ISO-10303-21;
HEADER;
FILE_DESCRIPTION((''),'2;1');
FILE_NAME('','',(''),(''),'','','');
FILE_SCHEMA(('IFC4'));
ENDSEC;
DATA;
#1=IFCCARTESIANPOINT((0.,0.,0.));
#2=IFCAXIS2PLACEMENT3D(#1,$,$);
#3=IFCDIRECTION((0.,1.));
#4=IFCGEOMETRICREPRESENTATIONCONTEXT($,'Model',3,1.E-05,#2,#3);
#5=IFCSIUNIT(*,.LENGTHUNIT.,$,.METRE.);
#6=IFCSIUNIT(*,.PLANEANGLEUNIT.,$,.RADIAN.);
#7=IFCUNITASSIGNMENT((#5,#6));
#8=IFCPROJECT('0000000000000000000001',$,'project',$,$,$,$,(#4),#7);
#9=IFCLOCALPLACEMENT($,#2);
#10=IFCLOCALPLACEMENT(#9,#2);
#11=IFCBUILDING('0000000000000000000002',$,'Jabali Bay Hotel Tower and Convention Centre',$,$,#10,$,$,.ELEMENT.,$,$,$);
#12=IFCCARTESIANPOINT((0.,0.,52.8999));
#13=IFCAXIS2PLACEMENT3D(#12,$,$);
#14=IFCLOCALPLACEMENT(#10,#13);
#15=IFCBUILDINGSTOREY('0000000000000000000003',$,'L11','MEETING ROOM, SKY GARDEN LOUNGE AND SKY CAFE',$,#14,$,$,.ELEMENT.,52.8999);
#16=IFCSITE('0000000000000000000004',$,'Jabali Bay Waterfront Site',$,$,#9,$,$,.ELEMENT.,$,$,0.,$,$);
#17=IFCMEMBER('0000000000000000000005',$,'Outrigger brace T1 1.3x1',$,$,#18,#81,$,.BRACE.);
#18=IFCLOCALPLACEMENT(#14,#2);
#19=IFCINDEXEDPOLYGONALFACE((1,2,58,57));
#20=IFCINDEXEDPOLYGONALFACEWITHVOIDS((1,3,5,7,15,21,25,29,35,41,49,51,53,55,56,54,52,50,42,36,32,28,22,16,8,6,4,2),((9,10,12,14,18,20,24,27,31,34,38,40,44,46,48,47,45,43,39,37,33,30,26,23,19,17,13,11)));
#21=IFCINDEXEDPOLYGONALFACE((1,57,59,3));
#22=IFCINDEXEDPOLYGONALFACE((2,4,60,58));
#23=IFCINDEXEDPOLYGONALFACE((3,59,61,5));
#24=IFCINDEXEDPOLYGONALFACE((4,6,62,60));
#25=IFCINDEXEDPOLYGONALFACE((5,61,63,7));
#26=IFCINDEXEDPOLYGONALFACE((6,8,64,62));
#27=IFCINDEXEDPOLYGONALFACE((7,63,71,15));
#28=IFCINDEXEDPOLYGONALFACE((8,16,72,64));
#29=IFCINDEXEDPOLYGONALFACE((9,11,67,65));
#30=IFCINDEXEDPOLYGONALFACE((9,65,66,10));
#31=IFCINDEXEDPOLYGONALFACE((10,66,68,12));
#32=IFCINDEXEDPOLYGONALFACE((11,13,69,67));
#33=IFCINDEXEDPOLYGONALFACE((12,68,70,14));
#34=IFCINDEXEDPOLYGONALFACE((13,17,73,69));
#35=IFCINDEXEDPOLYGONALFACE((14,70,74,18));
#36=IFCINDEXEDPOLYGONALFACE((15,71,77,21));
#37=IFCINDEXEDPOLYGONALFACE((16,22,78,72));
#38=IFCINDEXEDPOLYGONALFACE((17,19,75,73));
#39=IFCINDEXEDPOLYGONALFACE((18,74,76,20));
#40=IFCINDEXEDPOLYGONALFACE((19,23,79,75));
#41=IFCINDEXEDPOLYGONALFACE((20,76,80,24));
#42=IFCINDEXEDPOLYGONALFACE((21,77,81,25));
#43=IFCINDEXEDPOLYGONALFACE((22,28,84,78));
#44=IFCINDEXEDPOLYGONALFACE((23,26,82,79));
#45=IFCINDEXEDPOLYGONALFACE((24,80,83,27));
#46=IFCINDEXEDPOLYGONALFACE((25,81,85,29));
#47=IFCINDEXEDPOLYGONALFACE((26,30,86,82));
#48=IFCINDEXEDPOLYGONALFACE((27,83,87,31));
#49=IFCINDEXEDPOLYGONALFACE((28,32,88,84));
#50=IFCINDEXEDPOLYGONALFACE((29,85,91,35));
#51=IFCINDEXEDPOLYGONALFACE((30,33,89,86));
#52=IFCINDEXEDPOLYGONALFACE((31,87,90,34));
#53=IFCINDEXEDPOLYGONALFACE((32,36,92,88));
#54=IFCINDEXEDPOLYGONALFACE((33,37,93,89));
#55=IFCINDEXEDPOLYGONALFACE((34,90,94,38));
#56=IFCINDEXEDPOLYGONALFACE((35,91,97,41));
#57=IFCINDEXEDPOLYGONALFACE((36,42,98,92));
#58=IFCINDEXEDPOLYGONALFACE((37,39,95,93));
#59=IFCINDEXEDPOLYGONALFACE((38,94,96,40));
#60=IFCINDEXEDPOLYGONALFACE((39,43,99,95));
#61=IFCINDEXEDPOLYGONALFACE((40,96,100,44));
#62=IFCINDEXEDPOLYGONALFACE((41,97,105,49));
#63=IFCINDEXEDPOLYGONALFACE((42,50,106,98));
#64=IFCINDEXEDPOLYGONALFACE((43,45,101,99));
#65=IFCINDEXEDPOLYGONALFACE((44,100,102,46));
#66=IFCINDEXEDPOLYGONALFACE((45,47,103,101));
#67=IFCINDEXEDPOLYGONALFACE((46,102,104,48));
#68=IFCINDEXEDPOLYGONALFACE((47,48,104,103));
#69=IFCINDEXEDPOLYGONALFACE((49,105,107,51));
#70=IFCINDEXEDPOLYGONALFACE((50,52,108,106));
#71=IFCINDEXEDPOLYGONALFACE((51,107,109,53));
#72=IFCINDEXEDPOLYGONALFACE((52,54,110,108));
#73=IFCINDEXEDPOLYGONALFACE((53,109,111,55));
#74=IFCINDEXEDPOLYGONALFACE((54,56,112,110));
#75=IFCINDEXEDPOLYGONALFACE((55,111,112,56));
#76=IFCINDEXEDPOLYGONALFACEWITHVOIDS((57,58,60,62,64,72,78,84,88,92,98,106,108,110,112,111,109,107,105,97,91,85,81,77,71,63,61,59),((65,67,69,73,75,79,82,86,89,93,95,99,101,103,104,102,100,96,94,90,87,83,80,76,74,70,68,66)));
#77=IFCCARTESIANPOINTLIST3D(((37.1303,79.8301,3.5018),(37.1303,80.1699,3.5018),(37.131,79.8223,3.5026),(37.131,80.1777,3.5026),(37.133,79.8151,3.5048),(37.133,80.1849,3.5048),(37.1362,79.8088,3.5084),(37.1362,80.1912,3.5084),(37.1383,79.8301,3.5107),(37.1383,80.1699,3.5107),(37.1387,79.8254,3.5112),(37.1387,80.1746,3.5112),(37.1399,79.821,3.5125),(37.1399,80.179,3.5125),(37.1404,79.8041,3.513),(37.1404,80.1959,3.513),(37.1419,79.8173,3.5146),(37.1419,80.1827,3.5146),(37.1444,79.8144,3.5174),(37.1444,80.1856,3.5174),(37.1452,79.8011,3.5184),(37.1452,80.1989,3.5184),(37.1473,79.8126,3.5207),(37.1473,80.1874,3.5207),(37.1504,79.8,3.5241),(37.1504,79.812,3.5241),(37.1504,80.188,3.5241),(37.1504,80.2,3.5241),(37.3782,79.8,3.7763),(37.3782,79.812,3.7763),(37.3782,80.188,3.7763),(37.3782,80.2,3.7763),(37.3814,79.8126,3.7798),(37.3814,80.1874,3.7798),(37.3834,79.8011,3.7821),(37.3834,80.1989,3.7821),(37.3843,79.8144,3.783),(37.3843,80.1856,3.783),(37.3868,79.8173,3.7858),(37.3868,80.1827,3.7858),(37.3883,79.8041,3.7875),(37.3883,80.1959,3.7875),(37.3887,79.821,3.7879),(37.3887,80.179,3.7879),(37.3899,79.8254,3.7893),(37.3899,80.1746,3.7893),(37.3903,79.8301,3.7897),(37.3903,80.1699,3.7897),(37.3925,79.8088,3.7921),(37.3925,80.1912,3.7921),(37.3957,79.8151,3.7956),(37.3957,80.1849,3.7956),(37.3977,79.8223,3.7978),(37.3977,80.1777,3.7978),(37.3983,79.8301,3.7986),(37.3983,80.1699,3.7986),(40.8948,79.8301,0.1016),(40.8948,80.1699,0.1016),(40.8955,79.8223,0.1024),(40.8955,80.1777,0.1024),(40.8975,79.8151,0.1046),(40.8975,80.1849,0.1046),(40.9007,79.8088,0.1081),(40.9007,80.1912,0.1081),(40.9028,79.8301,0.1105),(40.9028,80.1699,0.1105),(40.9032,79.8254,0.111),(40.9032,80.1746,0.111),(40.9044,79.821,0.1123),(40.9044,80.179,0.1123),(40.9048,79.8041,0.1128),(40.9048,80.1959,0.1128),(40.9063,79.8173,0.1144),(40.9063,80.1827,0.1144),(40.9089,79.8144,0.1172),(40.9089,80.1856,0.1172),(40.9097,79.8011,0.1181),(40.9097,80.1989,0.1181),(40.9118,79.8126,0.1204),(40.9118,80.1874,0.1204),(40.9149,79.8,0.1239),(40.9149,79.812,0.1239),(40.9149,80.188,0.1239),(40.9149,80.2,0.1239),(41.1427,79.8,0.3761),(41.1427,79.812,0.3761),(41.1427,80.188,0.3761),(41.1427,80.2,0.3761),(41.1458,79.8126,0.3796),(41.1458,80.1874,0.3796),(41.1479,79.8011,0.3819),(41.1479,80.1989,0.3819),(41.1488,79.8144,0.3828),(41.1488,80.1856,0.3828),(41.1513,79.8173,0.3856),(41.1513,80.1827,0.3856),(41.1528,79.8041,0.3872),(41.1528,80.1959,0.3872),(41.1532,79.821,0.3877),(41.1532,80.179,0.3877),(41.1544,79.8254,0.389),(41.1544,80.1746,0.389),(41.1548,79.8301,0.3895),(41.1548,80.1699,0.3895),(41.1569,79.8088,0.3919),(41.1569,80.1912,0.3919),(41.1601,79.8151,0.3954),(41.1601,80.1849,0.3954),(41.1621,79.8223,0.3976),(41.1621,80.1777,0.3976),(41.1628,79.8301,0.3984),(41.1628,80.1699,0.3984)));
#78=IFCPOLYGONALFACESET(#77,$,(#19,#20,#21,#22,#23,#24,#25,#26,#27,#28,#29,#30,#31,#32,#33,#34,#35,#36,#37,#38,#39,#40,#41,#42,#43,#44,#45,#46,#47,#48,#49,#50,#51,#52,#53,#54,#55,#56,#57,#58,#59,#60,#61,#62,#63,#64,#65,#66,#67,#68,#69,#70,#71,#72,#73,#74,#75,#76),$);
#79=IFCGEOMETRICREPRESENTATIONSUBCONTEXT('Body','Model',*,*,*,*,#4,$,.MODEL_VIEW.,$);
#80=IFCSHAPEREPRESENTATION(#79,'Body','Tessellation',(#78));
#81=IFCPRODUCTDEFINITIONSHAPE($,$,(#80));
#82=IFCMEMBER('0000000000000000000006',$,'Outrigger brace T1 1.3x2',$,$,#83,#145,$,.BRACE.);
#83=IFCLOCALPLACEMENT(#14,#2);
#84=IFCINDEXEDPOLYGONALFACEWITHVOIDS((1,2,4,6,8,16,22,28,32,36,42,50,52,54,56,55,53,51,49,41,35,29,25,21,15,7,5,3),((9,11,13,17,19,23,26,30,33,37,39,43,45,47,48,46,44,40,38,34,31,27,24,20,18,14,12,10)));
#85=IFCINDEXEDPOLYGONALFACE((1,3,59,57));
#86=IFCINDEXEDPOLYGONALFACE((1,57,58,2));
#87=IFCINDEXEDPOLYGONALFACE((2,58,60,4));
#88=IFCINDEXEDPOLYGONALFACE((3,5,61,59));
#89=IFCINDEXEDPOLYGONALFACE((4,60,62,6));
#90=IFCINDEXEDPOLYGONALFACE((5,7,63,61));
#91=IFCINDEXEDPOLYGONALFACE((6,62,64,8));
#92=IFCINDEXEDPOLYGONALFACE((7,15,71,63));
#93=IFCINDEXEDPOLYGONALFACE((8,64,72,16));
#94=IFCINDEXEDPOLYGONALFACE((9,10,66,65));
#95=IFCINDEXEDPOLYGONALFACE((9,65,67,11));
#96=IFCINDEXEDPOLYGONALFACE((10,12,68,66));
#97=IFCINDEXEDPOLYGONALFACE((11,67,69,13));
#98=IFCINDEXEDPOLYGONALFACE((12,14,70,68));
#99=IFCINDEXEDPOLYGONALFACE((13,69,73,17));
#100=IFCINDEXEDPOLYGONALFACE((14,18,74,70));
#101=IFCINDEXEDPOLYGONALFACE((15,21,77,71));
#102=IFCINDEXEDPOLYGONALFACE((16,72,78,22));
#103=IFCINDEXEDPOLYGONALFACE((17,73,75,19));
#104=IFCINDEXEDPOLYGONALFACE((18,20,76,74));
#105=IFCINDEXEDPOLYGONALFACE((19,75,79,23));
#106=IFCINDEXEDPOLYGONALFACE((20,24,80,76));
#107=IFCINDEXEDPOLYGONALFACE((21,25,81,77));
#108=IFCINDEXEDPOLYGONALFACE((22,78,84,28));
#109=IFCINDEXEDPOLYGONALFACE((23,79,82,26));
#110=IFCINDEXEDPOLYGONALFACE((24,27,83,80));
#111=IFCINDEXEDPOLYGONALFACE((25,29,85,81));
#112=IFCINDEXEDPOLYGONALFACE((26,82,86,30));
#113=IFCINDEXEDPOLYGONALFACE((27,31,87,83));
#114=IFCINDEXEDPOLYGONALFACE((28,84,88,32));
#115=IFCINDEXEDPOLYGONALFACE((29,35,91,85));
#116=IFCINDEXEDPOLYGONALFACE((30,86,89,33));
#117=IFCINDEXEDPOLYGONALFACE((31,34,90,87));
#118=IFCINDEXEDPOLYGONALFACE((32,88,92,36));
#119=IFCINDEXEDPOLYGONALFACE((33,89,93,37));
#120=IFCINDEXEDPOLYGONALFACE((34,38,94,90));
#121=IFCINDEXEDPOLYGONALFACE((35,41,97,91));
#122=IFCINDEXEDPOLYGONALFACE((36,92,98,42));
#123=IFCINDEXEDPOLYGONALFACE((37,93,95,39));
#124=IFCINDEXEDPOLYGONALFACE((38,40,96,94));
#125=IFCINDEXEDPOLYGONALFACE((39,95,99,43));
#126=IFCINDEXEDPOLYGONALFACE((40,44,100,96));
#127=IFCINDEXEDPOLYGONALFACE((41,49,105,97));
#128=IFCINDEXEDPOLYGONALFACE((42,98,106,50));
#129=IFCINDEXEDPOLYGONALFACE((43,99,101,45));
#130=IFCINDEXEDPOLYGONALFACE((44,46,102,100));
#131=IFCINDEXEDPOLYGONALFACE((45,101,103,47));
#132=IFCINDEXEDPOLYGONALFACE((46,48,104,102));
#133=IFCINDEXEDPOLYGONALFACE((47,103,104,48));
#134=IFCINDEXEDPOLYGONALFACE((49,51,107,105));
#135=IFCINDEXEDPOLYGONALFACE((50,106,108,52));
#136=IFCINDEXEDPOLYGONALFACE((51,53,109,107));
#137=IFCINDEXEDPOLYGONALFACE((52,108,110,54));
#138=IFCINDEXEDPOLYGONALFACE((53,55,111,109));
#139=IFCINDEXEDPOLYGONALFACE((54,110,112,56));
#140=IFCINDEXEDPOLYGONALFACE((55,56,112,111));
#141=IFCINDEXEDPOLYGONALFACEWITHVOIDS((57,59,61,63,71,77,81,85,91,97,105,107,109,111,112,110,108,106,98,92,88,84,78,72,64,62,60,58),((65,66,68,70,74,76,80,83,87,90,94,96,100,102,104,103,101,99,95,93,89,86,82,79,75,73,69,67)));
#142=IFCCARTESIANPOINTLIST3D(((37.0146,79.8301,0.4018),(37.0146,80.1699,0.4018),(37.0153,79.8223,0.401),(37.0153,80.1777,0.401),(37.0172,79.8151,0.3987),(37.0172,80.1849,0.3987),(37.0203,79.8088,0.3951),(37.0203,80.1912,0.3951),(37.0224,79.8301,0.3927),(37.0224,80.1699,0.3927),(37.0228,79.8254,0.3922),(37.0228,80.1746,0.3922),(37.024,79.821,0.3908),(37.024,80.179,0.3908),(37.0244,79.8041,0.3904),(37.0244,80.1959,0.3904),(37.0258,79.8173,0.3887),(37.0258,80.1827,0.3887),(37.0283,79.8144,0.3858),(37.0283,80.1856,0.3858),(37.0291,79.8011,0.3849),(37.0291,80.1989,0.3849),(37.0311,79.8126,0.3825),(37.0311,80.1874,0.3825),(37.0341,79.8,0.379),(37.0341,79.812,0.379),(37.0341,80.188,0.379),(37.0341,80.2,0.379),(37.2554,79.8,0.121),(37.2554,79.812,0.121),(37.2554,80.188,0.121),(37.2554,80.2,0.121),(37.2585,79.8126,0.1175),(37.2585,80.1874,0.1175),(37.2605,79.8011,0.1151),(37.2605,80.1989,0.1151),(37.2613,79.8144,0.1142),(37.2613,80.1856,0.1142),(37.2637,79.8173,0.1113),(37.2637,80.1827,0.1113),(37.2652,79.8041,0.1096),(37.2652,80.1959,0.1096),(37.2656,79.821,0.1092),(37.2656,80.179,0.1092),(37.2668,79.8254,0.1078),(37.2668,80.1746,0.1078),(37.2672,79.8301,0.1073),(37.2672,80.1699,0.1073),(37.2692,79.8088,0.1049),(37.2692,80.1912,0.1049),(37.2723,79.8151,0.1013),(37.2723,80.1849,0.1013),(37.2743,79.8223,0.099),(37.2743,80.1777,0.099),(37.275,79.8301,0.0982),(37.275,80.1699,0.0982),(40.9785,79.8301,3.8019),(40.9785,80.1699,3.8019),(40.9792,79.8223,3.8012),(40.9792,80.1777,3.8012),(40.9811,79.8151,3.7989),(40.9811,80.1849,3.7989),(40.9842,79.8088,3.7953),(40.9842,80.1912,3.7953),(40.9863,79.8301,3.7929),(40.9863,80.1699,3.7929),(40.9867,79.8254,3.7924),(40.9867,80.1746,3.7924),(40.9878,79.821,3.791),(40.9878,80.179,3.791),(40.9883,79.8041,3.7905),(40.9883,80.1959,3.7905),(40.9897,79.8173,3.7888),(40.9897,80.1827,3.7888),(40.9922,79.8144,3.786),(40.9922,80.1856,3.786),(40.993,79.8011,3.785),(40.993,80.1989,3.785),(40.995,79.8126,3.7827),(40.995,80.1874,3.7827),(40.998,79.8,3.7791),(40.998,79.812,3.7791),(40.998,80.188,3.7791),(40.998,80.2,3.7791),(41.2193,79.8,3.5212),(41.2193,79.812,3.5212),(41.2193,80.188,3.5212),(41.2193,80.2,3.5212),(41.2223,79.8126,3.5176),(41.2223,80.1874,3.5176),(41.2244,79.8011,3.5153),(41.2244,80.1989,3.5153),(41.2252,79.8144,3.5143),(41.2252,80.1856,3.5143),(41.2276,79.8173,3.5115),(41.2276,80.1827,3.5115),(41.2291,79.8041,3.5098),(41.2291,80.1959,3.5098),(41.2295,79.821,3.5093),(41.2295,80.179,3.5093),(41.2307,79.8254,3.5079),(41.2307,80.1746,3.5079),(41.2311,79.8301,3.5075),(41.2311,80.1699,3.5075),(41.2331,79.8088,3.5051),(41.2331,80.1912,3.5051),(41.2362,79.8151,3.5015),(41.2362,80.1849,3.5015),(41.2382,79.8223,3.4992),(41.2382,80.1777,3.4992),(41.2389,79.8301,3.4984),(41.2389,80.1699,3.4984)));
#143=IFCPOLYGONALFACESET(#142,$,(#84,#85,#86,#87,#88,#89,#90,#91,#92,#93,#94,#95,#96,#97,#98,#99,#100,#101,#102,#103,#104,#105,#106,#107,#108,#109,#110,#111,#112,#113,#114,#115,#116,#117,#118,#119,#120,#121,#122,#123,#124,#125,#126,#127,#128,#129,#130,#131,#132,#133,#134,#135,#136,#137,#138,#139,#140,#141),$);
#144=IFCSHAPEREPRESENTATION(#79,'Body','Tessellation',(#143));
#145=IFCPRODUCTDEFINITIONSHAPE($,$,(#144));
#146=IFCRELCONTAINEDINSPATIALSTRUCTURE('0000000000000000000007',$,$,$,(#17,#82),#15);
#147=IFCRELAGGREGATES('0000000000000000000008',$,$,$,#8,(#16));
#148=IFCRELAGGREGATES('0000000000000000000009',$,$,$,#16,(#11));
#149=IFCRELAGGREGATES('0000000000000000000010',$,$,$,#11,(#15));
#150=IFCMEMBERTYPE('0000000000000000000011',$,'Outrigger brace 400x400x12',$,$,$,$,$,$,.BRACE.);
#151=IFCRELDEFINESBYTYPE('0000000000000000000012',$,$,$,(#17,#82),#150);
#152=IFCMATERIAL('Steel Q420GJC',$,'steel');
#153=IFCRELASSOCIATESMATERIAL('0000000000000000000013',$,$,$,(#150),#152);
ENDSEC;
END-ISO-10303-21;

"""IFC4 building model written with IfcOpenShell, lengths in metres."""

from ifc_helpers import new_model, si_unit, direction, frame, origin, origin_2d, place, context, subcontext, project, spatial, hollow_rectangle, extrude, material, material_profile, profile_set, type_object, element, save


model = new_model("IFC4")

# Units and contexts
model_context = context("Model", 3, precision=1e-05, world=origin(), true_north=direction((0.0, 1.0)))
body_context = subcontext(model_context, "Body", "Model", "MODEL_VIEW")
ifc_project = project(units=[si_unit("LENGTHUNIT", "METRE"), si_unit("PLANEANGLEUNIT", "RADIAN")], contexts=[model_context])

# Site, building, storey
site_placement = place(None, origin())
site = spatial("IfcSite", under=ifc_project, at=site_placement, Name="Jabali Bay Waterfront Site", CompositionType="ELEMENT", RefElevation=0.0)
building_placement = place(site_placement, origin())
building = spatial("IfcBuilding", under=site, at=building_placement, Name="Jabali Bay Hotel Tower and Convention Centre", CompositionType="ELEMENT")
storey_placement = place(building_placement, frame((0.0, 0.0, 52.8999)))
storey = spatial("IfcBuildingStorey", under=building, at=storey_placement, Name="L11", Description="MEETING ROOM, SKY GARDEN LOUNGE AND SKY CAFE", CompositionType="ELEMENT", Elevation=52.8999)

# Shared definitions
ifc_material_1 = material(Name="Steel Q420GJC", Category="steel")

# Members
ifc_material_profile_1 = material_profile(ifc_material_1, hollow_rectangle(XDim=0.3999, YDim=0.3999, WallThickness=0.012, InnerFilletRadius=0.0181, OuterFilletRadius=0.03, at=origin_2d()), Name="Outrigger brace 400x400x12")
ifc_profile_set_1 = profile_set([ifc_material_profile_1], Name="Steel Q420GJC")
member_type_1 = type_object("IfcMemberType", Name="Outrigger brace 400x400x12", PredefinedType="BRACE", material=ifc_profile_set_1)
member_1_placement = place(storey_placement, frame((41.0288, 80.0, 0.25), z_axis=(-0.742099, 0.0, 0.670291), x_axis=(0.0, -1.0, 0.0)))
element("IfcMember", 1, at=member_1_placement, inside=storey, type_object=member_type_1, Name="Outrigger brace T1 1.3x1", PredefinedType="BRACE", context=body_context, shape_type="SweptSolid", body=[
    extrude(hollow_rectangle(XDim=0.3999, YDim=0.3999, WallThickness=0.012, InnerFilletRadius=0.0181, OuterFilletRadius=0.03, at=origin_2d()), origin(), (0.0, 0.0, 1.0), 5.0728),
])
member_2_placement = place(storey_placement, frame((37.1448, 80.0, 0.25), z_axis=(0.759016, 0.0, 0.651072), x_axis=(0.0, 1.0, 0.0)))
element("IfcMember", 2, at=member_2_placement, inside=storey, type_object=member_type_1, Name="Outrigger brace T1 1.3x2", PredefinedType="BRACE", context=body_context, shape_type="SweptSolid", body=[
    extrude(hollow_rectangle(XDim=0.3999, YDim=0.3999, WallThickness=0.012, InnerFilletRadius=0.0181, OuterFilletRadius=0.03, at=origin_2d()), origin(), (0.0, 0.0, 1.0), 5.2224),
])

save(model, "model.ifc")
